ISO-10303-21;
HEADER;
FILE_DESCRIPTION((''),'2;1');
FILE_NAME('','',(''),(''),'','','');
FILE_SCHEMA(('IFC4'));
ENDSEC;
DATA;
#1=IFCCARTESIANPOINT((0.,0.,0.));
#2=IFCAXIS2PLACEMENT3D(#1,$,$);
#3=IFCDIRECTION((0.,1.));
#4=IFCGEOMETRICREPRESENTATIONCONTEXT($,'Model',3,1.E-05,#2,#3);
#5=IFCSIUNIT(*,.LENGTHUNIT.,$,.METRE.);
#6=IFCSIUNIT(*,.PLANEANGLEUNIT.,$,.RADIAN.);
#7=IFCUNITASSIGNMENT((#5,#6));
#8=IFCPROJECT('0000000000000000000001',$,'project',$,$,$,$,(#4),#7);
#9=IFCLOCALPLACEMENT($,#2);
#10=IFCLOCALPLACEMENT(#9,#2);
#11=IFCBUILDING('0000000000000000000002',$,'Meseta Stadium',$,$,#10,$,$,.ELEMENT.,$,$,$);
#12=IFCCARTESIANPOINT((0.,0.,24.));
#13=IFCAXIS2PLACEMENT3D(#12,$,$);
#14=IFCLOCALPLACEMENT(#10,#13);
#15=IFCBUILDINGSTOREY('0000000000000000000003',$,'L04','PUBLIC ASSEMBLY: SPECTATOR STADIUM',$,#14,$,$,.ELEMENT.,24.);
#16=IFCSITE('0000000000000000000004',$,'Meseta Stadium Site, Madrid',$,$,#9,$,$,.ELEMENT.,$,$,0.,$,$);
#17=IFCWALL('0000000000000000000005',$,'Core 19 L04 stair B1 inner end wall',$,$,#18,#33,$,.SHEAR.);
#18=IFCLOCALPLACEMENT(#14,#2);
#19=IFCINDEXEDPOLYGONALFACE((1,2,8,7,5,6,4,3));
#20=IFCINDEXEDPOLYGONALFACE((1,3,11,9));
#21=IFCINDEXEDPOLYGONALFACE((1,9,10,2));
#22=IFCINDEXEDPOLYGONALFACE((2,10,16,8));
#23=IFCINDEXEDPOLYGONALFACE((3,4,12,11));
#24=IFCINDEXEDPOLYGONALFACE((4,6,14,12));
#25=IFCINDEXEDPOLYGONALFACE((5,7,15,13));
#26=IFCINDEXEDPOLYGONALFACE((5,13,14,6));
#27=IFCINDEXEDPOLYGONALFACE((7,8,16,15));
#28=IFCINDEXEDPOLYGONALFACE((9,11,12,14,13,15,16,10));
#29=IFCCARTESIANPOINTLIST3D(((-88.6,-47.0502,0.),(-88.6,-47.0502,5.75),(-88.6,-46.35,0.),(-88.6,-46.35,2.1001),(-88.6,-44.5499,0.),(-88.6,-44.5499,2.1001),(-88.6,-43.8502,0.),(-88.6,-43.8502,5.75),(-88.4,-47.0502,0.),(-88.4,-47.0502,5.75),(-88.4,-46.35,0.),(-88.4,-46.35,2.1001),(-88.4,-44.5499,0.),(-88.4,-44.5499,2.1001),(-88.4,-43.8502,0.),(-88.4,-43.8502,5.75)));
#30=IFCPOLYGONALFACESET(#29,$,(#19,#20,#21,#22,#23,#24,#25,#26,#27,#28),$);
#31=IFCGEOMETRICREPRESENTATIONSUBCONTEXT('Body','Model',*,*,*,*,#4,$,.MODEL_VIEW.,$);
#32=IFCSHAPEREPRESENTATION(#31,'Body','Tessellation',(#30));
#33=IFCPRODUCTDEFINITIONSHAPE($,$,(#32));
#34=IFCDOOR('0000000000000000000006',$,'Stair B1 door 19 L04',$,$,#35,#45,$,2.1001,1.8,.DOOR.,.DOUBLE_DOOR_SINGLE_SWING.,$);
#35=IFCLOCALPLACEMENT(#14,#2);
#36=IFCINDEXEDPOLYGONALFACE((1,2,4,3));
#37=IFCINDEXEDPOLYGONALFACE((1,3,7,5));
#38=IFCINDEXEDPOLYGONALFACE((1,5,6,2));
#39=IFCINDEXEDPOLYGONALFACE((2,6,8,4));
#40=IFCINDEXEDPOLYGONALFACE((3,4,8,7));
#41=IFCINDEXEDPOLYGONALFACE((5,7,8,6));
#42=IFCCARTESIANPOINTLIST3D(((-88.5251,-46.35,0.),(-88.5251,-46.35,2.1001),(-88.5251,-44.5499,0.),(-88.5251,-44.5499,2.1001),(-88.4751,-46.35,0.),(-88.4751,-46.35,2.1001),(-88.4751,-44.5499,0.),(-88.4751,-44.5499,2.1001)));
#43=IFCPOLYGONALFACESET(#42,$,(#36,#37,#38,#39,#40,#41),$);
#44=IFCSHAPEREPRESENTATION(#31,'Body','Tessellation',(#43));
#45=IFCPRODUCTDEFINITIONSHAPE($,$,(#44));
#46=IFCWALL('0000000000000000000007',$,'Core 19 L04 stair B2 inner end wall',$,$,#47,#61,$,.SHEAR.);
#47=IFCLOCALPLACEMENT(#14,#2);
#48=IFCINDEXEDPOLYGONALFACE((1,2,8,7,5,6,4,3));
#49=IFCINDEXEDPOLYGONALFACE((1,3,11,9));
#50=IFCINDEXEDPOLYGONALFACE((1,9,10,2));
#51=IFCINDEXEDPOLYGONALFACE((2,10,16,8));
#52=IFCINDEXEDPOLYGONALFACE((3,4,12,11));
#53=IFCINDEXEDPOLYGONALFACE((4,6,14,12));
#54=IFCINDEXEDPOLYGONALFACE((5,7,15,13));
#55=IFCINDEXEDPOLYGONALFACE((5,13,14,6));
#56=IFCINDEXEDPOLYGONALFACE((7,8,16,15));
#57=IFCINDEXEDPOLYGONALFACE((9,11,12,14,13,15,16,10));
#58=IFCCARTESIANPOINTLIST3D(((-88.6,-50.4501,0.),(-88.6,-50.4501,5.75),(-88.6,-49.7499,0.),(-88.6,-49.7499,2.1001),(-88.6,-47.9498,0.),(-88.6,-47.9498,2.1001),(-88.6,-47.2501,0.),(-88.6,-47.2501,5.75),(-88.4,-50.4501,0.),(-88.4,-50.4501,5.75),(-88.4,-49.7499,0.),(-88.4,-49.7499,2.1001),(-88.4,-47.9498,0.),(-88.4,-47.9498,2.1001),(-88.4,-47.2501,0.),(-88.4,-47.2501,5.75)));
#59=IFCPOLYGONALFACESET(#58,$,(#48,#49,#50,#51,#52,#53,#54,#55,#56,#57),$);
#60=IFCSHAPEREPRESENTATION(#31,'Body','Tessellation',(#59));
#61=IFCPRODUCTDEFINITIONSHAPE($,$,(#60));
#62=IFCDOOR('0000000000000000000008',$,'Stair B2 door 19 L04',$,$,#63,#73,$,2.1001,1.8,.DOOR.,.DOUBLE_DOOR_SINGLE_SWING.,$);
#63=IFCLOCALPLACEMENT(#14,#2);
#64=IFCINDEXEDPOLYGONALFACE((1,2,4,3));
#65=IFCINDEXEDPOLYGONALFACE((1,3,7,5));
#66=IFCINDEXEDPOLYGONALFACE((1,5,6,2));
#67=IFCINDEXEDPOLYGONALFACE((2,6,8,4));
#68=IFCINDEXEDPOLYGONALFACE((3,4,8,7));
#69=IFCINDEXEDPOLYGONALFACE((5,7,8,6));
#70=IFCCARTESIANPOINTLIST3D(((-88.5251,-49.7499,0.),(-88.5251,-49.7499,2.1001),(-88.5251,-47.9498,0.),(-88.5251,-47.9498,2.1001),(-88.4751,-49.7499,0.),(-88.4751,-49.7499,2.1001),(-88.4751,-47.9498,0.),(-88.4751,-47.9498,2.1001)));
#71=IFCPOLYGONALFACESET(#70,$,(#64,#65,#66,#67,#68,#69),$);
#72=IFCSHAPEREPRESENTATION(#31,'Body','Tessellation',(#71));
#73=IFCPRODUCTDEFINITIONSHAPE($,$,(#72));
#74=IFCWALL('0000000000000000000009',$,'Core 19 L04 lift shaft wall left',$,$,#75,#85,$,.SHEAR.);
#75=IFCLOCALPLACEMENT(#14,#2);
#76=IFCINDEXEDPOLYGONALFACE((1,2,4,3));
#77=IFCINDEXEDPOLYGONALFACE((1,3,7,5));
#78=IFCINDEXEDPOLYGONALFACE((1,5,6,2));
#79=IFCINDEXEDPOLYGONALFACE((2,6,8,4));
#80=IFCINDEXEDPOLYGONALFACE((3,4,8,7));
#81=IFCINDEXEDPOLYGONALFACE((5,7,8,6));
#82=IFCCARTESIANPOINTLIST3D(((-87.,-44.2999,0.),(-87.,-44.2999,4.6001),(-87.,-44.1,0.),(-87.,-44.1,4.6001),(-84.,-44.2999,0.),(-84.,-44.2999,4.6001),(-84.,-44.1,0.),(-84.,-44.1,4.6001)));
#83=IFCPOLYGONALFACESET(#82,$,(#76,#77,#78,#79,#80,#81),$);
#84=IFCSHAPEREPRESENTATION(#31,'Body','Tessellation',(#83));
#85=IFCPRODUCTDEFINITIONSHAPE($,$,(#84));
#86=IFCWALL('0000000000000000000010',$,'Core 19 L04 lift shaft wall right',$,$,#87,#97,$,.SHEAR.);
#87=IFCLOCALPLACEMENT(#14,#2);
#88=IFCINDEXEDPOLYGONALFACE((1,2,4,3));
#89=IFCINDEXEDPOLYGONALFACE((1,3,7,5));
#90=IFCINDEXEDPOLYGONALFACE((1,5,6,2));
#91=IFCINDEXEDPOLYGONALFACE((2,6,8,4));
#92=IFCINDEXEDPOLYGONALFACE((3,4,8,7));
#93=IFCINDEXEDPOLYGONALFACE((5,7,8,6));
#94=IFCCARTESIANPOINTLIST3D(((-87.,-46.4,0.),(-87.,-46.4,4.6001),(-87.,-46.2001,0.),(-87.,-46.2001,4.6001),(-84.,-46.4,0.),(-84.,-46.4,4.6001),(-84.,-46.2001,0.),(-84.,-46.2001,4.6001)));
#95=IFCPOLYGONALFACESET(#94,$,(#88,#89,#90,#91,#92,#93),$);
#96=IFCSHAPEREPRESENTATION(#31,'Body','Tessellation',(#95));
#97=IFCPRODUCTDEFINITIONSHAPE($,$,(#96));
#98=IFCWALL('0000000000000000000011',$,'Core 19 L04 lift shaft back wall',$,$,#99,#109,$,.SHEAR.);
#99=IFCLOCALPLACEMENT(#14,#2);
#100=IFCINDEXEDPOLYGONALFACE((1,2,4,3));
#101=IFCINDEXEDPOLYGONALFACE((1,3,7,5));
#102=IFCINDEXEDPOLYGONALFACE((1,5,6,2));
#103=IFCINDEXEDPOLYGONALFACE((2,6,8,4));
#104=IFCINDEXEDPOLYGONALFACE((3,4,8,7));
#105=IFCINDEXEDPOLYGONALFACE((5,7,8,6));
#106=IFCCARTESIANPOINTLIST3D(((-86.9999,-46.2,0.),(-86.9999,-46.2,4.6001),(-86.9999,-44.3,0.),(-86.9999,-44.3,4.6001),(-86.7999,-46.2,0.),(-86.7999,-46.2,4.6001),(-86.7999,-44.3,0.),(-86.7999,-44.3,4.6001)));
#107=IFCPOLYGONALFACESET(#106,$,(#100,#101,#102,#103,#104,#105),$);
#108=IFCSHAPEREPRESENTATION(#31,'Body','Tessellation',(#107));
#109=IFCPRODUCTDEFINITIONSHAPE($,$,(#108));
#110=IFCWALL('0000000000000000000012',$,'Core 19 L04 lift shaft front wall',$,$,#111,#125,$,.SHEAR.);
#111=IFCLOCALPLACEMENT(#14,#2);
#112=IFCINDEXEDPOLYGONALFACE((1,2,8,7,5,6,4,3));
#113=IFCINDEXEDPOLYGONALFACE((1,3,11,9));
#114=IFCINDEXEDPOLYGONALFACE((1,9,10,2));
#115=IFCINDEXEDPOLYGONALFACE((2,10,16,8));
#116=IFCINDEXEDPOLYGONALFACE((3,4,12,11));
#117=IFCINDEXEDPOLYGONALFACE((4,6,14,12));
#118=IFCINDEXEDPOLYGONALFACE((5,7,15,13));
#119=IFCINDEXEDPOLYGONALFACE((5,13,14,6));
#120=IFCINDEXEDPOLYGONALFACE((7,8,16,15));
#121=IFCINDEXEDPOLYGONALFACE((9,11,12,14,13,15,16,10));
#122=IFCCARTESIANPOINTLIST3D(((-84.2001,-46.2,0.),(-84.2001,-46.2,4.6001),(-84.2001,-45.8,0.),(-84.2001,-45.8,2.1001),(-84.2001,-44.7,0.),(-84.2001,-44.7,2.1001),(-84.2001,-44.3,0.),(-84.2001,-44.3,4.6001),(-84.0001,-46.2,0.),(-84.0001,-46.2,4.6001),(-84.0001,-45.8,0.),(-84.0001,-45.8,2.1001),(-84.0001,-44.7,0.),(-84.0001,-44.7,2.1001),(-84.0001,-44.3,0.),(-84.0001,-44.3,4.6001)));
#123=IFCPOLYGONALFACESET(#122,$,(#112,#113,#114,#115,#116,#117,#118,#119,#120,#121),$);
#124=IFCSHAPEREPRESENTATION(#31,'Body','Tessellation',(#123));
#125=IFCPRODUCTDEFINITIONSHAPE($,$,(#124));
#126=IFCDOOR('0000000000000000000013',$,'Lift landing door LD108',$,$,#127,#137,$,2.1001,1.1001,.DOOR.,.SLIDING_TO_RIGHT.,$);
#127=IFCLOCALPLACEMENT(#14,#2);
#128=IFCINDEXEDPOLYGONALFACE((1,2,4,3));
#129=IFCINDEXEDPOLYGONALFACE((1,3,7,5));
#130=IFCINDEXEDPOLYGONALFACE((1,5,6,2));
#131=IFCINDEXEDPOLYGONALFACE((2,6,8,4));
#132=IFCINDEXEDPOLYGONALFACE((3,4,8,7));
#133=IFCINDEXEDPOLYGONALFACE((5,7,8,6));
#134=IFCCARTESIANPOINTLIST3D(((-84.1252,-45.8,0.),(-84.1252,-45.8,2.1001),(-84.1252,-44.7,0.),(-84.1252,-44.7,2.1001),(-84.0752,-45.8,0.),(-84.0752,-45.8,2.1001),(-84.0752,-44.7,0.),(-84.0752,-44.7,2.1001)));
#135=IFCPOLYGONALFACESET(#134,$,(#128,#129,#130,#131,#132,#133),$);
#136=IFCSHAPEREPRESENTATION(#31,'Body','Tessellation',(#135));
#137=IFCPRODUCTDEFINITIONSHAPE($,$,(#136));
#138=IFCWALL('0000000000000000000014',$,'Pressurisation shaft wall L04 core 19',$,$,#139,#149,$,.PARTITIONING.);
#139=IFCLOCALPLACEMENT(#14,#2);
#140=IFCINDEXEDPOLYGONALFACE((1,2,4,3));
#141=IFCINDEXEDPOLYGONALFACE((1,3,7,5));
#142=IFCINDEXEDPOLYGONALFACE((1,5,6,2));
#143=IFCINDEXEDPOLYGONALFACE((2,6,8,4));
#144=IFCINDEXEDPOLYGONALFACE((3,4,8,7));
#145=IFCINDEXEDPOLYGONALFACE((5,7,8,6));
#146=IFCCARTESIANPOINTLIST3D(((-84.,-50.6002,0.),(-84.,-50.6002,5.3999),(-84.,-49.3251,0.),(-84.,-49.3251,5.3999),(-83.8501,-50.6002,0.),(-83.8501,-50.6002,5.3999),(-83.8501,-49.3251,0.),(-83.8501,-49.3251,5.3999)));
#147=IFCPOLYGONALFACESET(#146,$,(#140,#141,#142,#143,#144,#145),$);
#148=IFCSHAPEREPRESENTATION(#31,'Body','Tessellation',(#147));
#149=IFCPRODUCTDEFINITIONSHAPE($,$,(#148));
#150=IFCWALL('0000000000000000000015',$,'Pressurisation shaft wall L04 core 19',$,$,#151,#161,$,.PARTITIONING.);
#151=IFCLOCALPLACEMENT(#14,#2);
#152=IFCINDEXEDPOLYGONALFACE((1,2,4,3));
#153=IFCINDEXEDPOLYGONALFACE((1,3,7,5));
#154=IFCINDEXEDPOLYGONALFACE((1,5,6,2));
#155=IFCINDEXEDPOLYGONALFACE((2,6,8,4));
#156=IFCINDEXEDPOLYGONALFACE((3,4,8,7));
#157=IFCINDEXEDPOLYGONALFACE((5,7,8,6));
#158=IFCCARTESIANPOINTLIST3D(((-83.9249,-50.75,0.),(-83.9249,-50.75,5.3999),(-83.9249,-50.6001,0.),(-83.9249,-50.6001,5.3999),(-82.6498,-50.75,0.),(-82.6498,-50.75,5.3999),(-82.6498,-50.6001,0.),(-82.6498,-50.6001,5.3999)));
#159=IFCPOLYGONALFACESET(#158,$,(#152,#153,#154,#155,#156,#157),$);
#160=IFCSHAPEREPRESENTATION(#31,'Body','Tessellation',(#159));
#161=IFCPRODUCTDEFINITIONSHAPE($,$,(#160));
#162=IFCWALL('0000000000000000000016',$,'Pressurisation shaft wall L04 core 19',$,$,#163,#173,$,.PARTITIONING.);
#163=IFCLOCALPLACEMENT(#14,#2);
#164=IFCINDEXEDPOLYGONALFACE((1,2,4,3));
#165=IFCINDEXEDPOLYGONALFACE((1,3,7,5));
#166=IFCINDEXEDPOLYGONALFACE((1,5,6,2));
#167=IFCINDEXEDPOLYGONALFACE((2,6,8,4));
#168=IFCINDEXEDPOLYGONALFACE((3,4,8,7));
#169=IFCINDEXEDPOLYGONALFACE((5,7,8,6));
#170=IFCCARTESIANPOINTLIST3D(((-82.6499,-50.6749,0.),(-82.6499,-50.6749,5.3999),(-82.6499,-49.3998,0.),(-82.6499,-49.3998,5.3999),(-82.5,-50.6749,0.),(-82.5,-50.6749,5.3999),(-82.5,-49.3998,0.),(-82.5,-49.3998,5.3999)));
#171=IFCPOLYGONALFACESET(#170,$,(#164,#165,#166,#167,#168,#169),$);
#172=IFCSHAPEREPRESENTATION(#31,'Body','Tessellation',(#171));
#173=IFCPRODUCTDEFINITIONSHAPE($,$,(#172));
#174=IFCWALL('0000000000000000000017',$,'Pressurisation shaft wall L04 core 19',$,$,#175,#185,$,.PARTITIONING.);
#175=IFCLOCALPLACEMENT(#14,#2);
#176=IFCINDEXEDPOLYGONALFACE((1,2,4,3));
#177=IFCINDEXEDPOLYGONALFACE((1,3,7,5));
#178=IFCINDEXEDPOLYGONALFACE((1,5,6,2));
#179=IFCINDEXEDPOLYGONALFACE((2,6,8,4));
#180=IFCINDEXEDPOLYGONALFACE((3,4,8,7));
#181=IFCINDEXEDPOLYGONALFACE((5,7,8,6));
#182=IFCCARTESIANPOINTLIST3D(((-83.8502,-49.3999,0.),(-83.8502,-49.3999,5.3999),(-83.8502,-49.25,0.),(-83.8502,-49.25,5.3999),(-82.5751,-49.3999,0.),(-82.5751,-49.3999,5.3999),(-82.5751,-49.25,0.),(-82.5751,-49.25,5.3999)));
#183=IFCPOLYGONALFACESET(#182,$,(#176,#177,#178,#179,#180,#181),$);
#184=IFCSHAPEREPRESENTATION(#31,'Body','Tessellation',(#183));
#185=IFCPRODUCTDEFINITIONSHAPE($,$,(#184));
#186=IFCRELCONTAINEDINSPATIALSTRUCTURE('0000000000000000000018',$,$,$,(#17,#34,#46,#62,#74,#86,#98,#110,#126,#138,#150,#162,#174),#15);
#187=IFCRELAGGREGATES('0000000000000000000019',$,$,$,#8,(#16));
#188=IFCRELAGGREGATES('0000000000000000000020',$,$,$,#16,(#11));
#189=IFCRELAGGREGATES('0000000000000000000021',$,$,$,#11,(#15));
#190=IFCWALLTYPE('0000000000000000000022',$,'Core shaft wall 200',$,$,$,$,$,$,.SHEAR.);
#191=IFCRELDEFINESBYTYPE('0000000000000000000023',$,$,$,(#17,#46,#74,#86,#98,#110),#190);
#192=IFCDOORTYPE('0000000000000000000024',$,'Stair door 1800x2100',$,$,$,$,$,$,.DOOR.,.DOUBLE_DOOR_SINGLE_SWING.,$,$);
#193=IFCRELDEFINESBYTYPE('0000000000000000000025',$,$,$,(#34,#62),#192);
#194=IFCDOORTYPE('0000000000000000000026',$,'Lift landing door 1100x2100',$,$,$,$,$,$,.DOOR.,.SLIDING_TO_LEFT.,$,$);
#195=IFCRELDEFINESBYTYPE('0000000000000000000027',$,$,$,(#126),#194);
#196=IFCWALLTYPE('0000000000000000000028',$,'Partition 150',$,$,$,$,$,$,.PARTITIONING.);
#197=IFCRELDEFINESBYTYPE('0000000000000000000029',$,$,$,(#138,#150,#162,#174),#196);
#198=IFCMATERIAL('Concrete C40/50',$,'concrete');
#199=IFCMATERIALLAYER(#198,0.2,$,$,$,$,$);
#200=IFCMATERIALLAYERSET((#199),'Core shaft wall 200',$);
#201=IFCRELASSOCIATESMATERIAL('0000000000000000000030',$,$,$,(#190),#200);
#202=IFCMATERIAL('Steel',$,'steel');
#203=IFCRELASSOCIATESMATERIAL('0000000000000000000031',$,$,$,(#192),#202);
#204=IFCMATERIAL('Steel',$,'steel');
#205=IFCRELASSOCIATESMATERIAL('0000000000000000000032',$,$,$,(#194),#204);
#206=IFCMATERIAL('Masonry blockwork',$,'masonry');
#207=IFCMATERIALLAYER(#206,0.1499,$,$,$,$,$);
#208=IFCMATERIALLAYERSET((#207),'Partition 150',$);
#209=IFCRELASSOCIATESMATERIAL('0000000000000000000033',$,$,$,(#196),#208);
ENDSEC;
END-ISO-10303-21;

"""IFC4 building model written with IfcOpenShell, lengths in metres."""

from ifc_helpers import new_model, si_unit, direction, frame, frame_2d, origin, place, context, subcontext, project, spatial, rectangle, extrude, material, layer, layer_set, type_object, element, fill, save


model = new_model("IFC4")

# Units and contexts
model_context = context("Model", 3, precision=1e-05, world=origin(), true_north=direction((0.0, 1.0)))
body_context = subcontext(model_context, "Body", "Model", "MODEL_VIEW")
ifc_project = project(units=[si_unit("LENGTHUNIT", "METRE"), si_unit("PLANEANGLEUNIT", "RADIAN")], contexts=[model_context])

# Site, building, storey
site_placement = place(None, origin())
site = spatial("IfcSite", under=ifc_project, at=site_placement, Name="Meseta Stadium Site, Madrid", CompositionType="ELEMENT", RefElevation=0.0)
building_placement = place(site_placement, origin())
building = spatial("IfcBuilding", under=site, at=building_placement, Name="Meseta Stadium", CompositionType="ELEMENT")
storey_placement = place(building_placement, frame((0.0, 0.0, 24.0)))
storey = spatial("IfcBuildingStorey", under=building, at=storey_placement, Name="L04", Description="PUBLIC ASSEMBLY: SPECTATOR STADIUM", CompositionType="ELEMENT", Elevation=24.0)

# Shared definitions
ifc_material_1 = material(Name="Concrete C40/50", Category="concrete")
ifc_layer_1 = layer(ifc_material_1, 0.2)
ifc_layer_set_1 = layer_set([ifc_layer_1], Name="Core shaft wall 200")
wall_type_1 = type_object("IfcWallType", Name="Core shaft wall 200", PredefinedType="SHEAR", material=ifc_layer_set_1)

# Walls, openings, doors
ifc_material_2 = material(Name="Steel", Category="steel")
door_type_1 = type_object("IfcDoorType", Name="Stair door 1800x2100", OperationType="DOUBLE_DOOR_SINGLE_SWING", PredefinedType="DOOR", material=ifc_material_2)
wall_1_placement = place(storey_placement, frame((-88.5, -43.8501, 0.0), z_axis=(0.0, 0.0, 1.0), x_axis=(0.0, -1.0, 0.0)))
wall_1 = element("IfcWall", 1, at=wall_1_placement, inside=storey, type_object=wall_type_1, Name="Core 19 L04 stair B1 inner end wall", PredefinedType="SHEAR", context=body_context, shape_type="SweptSolid", body=[
    extrude(rectangle(XDim=3.2, YDim=0.2, at=frame_2d((1.6001, 0.0))), origin(), (0.0, 0.0, 1.0), 5.75),
])
opening_1_placement = place(wall_1_placement, frame((0.7, 0.0, 0.0)))
opening_1 = element("IfcOpeningElement", 2, at=opening_1_placement, cuts=wall_1, PredefinedType="OPENING", context=body_context, shape_type="SweptSolid", body=[
    extrude(rectangle(XDim=1.8, YDim=2.1001, at=frame_2d((0.8999, 1.05))), frame((0.0, 0.1099, 0.0), z_axis=(0.0, -1.0, 0.0), x_axis=(1.0, 0.0, 0.0)), (0.0, 0.0, 1.0), 0.22),
])
door_1_placement = place(opening_1_placement, origin())
door_1 = element("IfcDoor", 3, at=door_1_placement, inside=storey, type_object=door_type_1, Name="Stair B1 door 19 L04", OperationType="DOUBLE_DOOR_SINGLE_SWING", OverallHeight=2.1001, OverallWidth=1.8, PredefinedType="DOOR", context=body_context, shape_type="SweptSolid", body=[
    extrude(rectangle(XDim=1.8, YDim=2.1001, at=frame_2d((0.8999, 1.05))), frame((0.0, 0.0249, 0.0), z_axis=(0.0, -1.0, 0.0), x_axis=(1.0, 0.0, 0.0)), (0.0, 0.0, 1.0), 0.05),
])
fill(opening_1, door_1)
wall_2_placement = place(storey_placement, frame((-88.5, -47.25, 0.0), z_axis=(0.0, 0.0, 1.0), x_axis=(0.0, -1.0, 0.0)))
wall_2 = element("IfcWall", 4, at=wall_2_placement, inside=storey, type_object=wall_type_1, Name="Core 19 L04 stair B2 inner end wall", PredefinedType="SHEAR", context=body_context, shape_type="SweptSolid", body=[
    extrude(rectangle(XDim=3.2, YDim=0.2, at=frame_2d((1.6001, 0.0))), origin(), (0.0, 0.0, 1.0), 5.75),
])
opening_2_placement = place(wall_2_placement, frame((0.7, 0.0, 0.0)))
opening_2 = element("IfcOpeningElement", 5, at=opening_2_placement, cuts=wall_2, PredefinedType="OPENING", context=body_context, shape_type="SweptSolid", body=[
    extrude(rectangle(XDim=1.8, YDim=2.1001, at=frame_2d((0.8999, 1.05))), frame((0.0, 0.1099, 0.0), z_axis=(0.0, -1.0, 0.0), x_axis=(1.0, 0.0, 0.0)), (0.0, 0.0, 1.0), 0.22),
])
door_2_placement = place(opening_2_placement, origin())
door_2 = element("IfcDoor", 6, at=door_2_placement, inside=storey, type_object=door_type_1, Name="Stair B2 door 19 L04", OperationType="DOUBLE_DOOR_SINGLE_SWING", OverallHeight=2.1001, OverallWidth=1.8, PredefinedType="DOOR", context=body_context, shape_type="SweptSolid", body=[
    extrude(rectangle(XDim=1.8, YDim=2.1001, at=frame_2d((0.8999, 1.05))), frame((0.0, 0.0249, 0.0), z_axis=(0.0, -1.0, 0.0), x_axis=(1.0, 0.0, 0.0)), (0.0, 0.0, 1.0), 0.05),
])
fill(opening_2, door_2)

# Walls
for number, where, z_axis, x_axis, name in (
    (7, (-87.0, -44.2, 0.0), (0.0, 0.0, 1.0), (1.0, 0.0, 0.0), "Core 19 L04 lift shaft wall left"),
    (8, (-87.0, -46.3, 0.0), (0.0, 0.0, 1.0), (1.0, 0.0, 0.0), "Core 19 L04 lift shaft wall right"),
):
    element("IfcWall", number, at=place(storey_placement, frame(where, z_axis=z_axis, x_axis=x_axis)), inside=storey, type_object=wall_type_1, Name=name, PredefinedType="SHEAR", context=body_context, shape_type="SweptSolid", body=[
        extrude(rectangle(XDim=3.0, YDim=0.2, at=frame_2d((1.5, 0.0))), origin(), (0.0, 0.0, 1.0), 4.6001),
    ])
wall_3_placement = place(storey_placement, frame((-86.8999, -44.3, 0.0), z_axis=(0.0, 0.0, 1.0), x_axis=(0.0, -1.0, 0.0)))
element("IfcWall", 9, at=wall_3_placement, inside=storey, type_object=wall_type_1, Name="Core 19 L04 lift shaft back wall", PredefinedType="SHEAR", context=body_context, shape_type="SweptSolid", body=[
    extrude(rectangle(XDim=1.8999, YDim=0.2, at=frame_2d((0.95, 0.0))), origin(), (0.0, 0.0, 1.0), 4.6001),
])

# Wall, opening, door
wall_4_placement = place(storey_placement, frame((-84.1001, -44.3, 0.0), z_axis=(0.0, 0.0, 1.0), x_axis=(0.0, -1.0, 0.0)))
wall_4 = element("IfcWall", 10, at=wall_4_placement, inside=storey, type_object=wall_type_1, Name="Core 19 L04 lift shaft front wall", PredefinedType="SHEAR", context=body_context, shape_type="SweptSolid", body=[
    extrude(rectangle(XDim=1.8999, YDim=0.2, at=frame_2d((0.95, 0.0))), origin(), (0.0, 0.0, 1.0), 4.6001),
])
opening_3_placement = place(wall_4_placement, frame((0.3999, 0.0, 0.0)))
opening_3 = element("IfcOpeningElement", 11, at=opening_3_placement, cuts=wall_4, PredefinedType="OPENING", context=body_context, shape_type="SweptSolid", body=[
    extrude(rectangle(XDim=1.1001, YDim=2.1001, at=frame_2d((0.55, 1.05))), frame((0.0, 0.1099, 0.0), z_axis=(0.0, -1.0, 0.0), x_axis=(1.0, 0.0, 0.0)), (0.0, 0.0, 1.0), 0.22),
])
ifc_material_3 = material(Name="Steel", Category="steel")
door_type_2 = type_object("IfcDoorType", Name="Lift landing door 1100x2100", OperationType="SLIDING_TO_LEFT", PredefinedType="DOOR", material=ifc_material_3)
door_3_placement = place(opening_3_placement, origin())
door_3 = element("IfcDoor", 12, at=door_3_placement, inside=storey, type_object=door_type_2, Name="Lift landing door LD108", OperationType="SLIDING_TO_RIGHT", OverallHeight=2.1001, OverallWidth=1.1001, PredefinedType="DOOR", context=body_context, shape_type="SweptSolid", body=[
    extrude(rectangle(XDim=1.1001, YDim=2.1001, at=frame_2d((0.55, 1.05))), frame((0.0, 0.0249, 0.0), z_axis=(0.0, -1.0, 0.0), x_axis=(1.0, 0.0, 0.0)), (0.0, 0.0, 1.0), 0.05),
])
fill(opening_3, door_3)

# Walls
ifc_material_4 = material(Name="Masonry blockwork", Category="masonry")
ifc_layer_2 = layer(ifc_material_4, 0.1499)
ifc_layer_set_2 = layer_set([ifc_layer_2], Name="Partition 150")
wall_type_2 = type_object("IfcWallType", Name="Partition 150", PredefinedType="PARTITIONING", material=ifc_layer_set_2)
for number, where, z_axis, x_axis, name in (
    (13, (-83.925, -49.325, 0.0), (0.0, 0.0, 1.0), (0.0, -1.0, 0.0), "Pressurisation shaft wall L04 core 19"),
    (14, (-83.925, -50.675, 0.0), (0.0, 0.0, 1.0), (1.0, 0.0, 0.0), "Pressurisation shaft wall L04 core 19"),
    (15, (-82.575, -50.675, 0.0), (0.0, 0.0, 1.0), (0.0, 1.0, 0.0), "Pressurisation shaft wall L04 core 19"),
    (16, (-82.575, -49.325, 0.0), (0.0, 0.0, 1.0), (-1.0, 0.0, 0.0), "Pressurisation shaft wall L04 core 19"),
):
    element("IfcWall", number, at=place(storey_placement, frame(where, z_axis=z_axis, x_axis=x_axis)), inside=storey, type_object=wall_type_2, Name=name, PredefinedType="PARTITIONING", context=body_context, shape_type="SweptSolid", body=[
        extrude(rectangle(XDim=1.2751, YDim=0.1499, at=frame_2d((0.6377, 0.0))), origin(), (0.0, 0.0, 1.0), 5.3999),
    ])

save(model, "model.ifc")
